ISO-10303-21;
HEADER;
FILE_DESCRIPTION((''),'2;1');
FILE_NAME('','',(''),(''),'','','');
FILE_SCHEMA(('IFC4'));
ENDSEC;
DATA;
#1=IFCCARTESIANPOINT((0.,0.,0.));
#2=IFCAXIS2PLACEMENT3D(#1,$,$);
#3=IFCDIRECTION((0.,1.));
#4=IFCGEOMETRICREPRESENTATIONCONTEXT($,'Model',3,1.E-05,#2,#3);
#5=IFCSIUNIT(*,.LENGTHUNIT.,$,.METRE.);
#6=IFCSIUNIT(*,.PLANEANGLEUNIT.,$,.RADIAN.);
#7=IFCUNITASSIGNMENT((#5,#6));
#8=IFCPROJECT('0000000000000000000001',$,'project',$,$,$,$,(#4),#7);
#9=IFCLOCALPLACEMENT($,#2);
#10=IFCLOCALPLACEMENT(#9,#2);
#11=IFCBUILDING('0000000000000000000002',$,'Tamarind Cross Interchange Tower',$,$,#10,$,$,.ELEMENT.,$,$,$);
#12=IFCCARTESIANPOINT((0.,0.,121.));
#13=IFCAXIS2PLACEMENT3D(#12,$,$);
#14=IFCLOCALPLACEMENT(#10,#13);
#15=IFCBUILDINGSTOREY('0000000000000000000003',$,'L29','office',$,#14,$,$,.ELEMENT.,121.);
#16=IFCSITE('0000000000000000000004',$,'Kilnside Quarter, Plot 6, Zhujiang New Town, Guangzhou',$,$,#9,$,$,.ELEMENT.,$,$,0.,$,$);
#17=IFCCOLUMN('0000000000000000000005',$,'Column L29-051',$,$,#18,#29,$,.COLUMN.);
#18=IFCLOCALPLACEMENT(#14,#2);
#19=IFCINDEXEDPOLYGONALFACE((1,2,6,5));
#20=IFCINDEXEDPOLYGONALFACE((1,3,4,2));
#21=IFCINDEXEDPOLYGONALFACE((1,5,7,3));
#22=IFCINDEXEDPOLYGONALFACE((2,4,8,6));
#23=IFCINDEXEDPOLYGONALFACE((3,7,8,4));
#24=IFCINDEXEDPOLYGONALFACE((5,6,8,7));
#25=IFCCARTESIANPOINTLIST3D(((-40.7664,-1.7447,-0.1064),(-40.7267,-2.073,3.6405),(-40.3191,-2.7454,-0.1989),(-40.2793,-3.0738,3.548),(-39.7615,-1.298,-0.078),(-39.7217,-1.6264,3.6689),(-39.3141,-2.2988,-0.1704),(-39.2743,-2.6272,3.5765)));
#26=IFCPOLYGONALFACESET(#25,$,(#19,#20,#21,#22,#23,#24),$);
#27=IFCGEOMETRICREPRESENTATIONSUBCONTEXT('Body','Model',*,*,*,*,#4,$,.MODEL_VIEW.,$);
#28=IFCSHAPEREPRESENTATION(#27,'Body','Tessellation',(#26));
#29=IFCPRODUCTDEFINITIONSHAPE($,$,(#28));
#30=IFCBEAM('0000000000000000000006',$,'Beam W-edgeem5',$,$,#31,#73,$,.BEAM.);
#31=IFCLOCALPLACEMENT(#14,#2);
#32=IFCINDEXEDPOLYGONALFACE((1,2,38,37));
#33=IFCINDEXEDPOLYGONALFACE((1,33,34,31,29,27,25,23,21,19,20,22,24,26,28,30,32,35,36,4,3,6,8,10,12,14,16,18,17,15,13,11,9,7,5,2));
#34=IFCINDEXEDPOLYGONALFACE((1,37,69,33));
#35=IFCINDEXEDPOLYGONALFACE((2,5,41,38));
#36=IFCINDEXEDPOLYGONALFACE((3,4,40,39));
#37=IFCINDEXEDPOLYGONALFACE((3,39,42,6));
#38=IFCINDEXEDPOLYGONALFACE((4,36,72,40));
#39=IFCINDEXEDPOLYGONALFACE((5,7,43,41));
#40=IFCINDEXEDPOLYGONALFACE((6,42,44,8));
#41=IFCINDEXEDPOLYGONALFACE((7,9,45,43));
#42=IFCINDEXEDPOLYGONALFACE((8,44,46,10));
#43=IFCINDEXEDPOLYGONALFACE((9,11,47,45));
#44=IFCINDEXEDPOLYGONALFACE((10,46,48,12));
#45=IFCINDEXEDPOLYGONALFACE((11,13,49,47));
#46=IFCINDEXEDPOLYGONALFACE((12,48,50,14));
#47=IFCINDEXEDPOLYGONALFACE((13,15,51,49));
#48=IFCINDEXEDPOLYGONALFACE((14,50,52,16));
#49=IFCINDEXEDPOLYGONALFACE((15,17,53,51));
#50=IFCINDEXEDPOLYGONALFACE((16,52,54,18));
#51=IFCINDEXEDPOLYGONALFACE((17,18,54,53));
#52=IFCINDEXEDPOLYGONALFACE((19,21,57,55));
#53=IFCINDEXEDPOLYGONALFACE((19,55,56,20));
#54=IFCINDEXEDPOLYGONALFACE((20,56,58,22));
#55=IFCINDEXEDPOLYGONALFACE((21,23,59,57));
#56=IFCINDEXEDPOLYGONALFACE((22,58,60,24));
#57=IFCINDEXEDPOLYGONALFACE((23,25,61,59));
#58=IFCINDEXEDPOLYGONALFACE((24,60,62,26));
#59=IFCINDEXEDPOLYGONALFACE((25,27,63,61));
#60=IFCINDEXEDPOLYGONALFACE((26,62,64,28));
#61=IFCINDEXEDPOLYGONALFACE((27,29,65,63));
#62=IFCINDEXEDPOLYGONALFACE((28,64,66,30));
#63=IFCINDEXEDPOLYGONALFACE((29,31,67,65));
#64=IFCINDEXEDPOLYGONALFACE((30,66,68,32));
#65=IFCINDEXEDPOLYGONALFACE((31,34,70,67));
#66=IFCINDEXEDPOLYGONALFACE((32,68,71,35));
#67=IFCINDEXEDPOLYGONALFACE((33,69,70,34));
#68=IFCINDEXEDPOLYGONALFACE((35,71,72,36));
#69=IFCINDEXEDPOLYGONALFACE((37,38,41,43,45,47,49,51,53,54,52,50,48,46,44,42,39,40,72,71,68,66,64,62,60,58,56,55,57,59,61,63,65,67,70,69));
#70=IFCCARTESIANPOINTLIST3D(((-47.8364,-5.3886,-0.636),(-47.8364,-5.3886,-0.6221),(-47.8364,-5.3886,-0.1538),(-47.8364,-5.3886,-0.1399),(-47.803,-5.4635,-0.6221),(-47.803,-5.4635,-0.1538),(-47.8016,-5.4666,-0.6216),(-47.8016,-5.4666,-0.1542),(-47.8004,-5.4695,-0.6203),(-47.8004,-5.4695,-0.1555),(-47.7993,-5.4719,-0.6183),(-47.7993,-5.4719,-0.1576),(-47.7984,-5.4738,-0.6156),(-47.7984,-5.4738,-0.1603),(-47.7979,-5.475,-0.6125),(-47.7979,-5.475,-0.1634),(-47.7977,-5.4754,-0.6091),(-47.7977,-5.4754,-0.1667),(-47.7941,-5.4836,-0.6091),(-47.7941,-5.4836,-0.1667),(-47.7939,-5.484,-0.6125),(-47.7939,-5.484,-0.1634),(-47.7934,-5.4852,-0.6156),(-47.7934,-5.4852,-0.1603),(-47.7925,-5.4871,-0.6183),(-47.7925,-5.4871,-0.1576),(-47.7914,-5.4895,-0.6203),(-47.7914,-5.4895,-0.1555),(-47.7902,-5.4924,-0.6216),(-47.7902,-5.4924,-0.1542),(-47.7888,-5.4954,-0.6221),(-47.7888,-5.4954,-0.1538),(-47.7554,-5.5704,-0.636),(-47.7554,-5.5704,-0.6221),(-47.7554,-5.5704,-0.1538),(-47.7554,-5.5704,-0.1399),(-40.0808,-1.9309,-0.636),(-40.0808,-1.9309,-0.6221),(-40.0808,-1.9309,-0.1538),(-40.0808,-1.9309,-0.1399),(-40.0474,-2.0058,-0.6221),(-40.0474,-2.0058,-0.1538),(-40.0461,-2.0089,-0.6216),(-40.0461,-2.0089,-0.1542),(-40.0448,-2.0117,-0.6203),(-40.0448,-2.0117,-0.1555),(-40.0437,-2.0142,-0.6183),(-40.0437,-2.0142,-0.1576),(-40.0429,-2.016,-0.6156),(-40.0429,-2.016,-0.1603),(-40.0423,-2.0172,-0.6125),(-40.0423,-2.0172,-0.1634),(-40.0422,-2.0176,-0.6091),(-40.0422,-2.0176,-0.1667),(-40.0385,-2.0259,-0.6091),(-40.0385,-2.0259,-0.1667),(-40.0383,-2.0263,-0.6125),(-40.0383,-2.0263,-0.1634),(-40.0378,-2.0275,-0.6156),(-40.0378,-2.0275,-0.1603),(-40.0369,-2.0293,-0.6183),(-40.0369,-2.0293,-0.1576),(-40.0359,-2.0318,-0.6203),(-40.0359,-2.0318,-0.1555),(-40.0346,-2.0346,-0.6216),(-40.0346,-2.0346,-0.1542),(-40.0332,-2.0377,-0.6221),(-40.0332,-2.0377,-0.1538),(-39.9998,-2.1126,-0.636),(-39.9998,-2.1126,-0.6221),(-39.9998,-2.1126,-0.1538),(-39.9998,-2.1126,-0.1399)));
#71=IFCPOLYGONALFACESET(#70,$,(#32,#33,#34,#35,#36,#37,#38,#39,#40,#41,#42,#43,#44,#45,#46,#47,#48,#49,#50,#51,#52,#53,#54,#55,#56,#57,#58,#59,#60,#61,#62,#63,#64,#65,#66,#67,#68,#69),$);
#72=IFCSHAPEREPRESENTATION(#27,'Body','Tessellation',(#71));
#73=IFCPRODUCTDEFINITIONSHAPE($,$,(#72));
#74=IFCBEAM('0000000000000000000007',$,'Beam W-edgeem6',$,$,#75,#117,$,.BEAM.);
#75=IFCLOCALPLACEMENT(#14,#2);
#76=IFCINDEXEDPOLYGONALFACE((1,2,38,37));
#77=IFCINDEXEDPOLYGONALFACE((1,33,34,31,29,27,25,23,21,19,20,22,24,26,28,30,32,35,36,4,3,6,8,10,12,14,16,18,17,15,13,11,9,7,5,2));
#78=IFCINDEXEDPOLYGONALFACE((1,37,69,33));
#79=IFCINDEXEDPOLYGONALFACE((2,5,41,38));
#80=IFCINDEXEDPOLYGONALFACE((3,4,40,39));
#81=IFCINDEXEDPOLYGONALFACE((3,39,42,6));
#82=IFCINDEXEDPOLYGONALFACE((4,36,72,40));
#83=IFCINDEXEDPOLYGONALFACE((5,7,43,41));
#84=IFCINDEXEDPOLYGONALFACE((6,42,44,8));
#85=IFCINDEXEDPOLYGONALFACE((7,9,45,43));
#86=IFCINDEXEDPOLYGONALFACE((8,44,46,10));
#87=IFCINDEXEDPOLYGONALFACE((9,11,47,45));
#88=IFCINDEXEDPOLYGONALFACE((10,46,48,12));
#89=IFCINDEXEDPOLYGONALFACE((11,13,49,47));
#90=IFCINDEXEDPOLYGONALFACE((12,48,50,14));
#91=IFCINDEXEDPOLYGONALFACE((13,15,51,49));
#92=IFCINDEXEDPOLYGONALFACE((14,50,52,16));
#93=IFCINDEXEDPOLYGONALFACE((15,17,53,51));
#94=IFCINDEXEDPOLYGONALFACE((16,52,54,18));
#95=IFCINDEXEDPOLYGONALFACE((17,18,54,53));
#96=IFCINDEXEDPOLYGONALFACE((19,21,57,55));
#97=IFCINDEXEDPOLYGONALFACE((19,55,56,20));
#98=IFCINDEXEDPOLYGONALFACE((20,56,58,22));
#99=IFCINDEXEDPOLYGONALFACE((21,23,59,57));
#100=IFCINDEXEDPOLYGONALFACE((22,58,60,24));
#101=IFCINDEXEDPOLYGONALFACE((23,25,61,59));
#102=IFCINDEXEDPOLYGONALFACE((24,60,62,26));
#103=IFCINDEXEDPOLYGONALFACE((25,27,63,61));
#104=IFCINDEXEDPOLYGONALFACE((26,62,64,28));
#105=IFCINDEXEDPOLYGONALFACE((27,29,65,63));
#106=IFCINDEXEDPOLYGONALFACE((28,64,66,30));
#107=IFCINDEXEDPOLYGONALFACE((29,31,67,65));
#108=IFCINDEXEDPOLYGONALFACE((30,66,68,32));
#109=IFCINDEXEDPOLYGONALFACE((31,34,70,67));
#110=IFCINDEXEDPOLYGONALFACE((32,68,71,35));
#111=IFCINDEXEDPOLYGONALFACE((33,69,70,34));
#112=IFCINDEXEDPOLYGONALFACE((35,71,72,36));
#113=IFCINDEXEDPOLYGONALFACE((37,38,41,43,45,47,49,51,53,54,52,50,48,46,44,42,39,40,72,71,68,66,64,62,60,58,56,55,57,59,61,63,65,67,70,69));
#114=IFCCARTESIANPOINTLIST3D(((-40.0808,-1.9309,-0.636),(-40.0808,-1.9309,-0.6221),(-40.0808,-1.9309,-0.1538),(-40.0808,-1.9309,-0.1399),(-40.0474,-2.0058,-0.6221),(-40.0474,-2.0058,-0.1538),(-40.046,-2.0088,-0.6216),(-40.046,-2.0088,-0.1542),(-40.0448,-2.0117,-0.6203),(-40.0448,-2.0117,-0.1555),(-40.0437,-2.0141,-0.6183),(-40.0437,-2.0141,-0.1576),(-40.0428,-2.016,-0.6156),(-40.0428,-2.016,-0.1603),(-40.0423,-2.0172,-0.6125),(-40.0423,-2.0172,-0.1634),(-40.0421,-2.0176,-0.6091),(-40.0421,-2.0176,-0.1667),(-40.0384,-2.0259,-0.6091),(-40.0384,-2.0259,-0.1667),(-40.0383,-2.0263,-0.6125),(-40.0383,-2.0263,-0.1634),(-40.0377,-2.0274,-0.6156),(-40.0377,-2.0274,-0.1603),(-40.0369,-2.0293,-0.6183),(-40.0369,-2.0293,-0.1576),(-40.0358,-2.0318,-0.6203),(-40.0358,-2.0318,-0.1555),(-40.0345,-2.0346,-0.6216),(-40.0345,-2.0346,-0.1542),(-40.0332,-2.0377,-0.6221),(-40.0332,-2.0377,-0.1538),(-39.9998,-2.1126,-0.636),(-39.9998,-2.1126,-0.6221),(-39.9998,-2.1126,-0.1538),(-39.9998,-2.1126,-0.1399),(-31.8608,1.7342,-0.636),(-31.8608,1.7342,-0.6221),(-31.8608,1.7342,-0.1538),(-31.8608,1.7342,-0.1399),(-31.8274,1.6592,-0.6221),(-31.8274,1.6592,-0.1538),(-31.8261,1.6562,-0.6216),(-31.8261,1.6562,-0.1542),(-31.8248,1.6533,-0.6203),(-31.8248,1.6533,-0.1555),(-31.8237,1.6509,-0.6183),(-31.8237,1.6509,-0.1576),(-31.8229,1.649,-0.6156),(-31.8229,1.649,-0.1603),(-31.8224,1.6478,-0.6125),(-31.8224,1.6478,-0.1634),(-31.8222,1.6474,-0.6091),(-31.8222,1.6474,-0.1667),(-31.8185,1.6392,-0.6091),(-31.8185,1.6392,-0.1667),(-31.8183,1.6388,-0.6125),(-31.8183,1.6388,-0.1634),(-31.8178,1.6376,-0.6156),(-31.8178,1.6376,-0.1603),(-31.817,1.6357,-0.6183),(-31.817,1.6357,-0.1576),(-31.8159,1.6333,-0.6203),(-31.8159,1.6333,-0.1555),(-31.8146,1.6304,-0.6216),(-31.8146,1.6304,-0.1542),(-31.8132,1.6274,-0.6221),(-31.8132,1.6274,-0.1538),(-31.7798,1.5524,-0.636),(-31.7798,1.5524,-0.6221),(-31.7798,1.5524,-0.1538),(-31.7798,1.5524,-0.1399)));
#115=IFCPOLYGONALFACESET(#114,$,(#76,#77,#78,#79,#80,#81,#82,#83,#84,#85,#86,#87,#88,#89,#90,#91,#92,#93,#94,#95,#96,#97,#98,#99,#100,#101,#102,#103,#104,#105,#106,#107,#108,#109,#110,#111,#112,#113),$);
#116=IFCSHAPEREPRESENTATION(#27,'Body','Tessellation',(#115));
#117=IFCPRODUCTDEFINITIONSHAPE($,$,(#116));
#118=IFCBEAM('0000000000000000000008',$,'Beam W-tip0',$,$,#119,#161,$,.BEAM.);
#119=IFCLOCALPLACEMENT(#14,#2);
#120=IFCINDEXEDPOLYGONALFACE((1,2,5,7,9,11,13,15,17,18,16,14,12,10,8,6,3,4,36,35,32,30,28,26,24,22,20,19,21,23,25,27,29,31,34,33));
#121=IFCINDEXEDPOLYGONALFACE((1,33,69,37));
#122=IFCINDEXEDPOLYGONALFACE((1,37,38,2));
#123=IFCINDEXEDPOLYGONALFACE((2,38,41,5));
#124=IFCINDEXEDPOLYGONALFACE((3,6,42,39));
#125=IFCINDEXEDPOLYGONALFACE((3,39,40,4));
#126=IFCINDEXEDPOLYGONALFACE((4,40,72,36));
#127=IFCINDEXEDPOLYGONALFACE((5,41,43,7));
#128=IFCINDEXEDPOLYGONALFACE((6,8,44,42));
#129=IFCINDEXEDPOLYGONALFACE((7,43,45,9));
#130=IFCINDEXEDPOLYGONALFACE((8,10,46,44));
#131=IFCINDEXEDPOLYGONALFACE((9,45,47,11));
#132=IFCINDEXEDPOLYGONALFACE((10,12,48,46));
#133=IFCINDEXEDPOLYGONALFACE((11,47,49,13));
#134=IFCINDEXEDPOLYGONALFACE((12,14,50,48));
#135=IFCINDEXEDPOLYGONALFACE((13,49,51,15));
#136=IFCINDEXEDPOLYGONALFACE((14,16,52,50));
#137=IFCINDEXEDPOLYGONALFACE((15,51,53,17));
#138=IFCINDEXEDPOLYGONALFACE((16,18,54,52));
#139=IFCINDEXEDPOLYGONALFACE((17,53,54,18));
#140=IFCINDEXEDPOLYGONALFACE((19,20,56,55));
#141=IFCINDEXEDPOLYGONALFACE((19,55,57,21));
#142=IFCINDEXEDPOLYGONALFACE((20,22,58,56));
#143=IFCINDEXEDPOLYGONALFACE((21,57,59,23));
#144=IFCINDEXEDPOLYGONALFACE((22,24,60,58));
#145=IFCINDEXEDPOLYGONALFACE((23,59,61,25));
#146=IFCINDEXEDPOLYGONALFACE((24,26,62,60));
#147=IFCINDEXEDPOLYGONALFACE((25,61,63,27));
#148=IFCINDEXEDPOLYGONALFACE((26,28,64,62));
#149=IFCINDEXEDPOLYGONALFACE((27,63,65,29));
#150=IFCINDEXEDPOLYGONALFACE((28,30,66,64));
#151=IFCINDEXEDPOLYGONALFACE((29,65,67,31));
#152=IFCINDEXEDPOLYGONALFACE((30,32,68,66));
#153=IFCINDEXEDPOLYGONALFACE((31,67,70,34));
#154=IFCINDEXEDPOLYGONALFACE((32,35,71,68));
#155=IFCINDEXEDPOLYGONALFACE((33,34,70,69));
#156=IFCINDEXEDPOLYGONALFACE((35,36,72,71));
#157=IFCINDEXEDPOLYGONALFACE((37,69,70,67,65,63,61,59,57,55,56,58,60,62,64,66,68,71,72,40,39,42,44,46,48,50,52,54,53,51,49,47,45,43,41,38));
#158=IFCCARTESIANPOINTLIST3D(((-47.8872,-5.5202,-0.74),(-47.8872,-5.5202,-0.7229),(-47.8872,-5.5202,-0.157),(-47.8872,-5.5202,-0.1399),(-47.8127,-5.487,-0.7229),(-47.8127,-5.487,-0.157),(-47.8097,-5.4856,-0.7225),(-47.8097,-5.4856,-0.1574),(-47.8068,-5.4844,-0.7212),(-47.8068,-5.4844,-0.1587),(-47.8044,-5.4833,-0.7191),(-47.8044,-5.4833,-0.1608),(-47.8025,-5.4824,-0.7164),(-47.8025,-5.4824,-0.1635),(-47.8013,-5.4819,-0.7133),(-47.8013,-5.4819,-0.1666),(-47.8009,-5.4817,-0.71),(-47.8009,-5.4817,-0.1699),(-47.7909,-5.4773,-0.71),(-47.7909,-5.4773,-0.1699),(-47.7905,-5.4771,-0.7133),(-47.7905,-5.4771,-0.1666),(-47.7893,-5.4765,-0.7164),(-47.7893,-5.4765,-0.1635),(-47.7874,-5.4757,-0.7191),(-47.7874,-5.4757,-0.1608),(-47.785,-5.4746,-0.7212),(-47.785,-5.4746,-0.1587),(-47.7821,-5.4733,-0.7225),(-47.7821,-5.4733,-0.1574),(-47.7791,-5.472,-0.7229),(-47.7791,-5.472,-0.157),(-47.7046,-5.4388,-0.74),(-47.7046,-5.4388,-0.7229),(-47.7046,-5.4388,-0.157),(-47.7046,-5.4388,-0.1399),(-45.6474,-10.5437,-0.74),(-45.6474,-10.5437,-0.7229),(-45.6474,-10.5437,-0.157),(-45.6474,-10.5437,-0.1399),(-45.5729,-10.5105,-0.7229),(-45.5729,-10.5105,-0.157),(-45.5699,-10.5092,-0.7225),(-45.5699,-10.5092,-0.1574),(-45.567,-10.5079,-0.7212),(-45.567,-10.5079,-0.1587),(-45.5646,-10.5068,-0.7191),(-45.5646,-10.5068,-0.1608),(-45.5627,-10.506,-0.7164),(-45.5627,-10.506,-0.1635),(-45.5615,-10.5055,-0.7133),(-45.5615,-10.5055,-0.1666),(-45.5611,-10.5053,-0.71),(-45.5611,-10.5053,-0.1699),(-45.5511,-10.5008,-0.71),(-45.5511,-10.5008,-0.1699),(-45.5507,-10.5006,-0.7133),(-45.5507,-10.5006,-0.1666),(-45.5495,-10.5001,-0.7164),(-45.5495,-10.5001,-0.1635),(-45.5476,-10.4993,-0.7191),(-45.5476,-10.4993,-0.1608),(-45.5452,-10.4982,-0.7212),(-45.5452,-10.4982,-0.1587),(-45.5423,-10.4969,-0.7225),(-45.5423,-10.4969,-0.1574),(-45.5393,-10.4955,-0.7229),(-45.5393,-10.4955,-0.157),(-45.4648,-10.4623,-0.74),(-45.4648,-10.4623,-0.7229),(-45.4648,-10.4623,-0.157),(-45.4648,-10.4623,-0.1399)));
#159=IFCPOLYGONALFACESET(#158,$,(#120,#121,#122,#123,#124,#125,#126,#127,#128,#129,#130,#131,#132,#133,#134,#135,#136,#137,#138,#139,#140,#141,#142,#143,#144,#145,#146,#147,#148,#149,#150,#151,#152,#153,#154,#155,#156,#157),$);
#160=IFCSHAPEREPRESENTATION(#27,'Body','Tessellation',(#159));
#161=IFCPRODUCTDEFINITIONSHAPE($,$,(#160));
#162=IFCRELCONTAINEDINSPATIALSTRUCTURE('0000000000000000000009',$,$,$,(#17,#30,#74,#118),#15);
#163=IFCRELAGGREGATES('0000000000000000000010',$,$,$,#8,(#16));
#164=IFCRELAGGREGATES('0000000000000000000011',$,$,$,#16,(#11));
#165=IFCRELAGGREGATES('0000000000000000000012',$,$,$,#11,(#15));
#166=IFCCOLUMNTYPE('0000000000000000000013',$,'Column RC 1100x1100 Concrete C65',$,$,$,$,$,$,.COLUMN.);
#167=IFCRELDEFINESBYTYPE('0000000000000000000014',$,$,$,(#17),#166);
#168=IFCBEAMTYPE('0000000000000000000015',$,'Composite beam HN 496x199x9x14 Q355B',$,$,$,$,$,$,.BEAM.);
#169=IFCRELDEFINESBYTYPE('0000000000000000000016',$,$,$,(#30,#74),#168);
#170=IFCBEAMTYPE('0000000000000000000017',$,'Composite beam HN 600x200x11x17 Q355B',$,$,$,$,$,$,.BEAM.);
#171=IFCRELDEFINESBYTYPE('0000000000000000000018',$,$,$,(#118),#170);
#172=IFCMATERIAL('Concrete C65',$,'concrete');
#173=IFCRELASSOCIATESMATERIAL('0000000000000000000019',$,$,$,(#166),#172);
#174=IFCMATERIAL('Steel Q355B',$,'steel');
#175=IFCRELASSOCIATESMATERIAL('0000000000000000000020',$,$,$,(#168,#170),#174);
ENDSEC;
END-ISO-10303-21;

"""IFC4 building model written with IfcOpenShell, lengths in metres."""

from ifc_helpers import new_model, si_unit, direction, frame, origin, origin_2d, place, context, subcontext, project, spatial, rectangle, i_section, extrude, material, material_profile, profile_set, type_object, element, save


model = new_model("IFC4")

# Units and contexts
model_context = context("Model", 3, precision=1e-05, world=origin(), true_north=direction((0.0, 1.0)))
body_context = subcontext(model_context, "Body", "Model", "MODEL_VIEW")
ifc_project = project(units=[si_unit("LENGTHUNIT", "METRE"), si_unit("PLANEANGLEUNIT", "RADIAN")], contexts=[model_context])

# Site, building, storey
site_placement = place(None, origin())
site = spatial("IfcSite", under=ifc_project, at=site_placement, Name="Kilnside Quarter, Plot 6, Zhujiang New Town, Guangzhou", CompositionType="ELEMENT", RefElevation=0.0)
building_placement = place(site_placement, origin())
building = spatial("IfcBuilding", under=site, at=building_placement, Name="Tamarind Cross Interchange Tower", CompositionType="ELEMENT")
storey_placement = place(building_placement, frame((0.0, 0.0, 121.0)))
storey = spatial("IfcBuildingStorey", under=building, at=storey_placement, Name="L29", Description="office", CompositionType="ELEMENT", Elevation=121.0)

# Column
ifc_material_1 = material(Name="Concrete C65", Category="concrete")
ifc_material_profile_1 = material_profile(ifc_material_1, rectangle(XDim=1.1001, YDim=1.1001, at=origin_2d()), Name="RC 1100x1100")
ifc_profile_set_1 = profile_set([ifc_material_profile_1], Name="Concrete C65")
column_type = type_object("IfcColumnType", Name="Column RC 1100x1100 Concrete C65", PredefinedType="COLUMN", material=ifc_profile_set_1)
column_placement = place(storey_placement, frame((-40.0403, -2.0217, -0.1384), z_axis=(0.01058, -0.0873, 0.996126), x_axis=(0.913512, 0.405988, 0.025878)))
element("IfcColumn", 1, at=column_placement, inside=storey, type_object=column_type, Name="Column L29-051", PredefinedType="COLUMN", context=body_context, shape_type="SweptSolid", body=[
    extrude(rectangle(XDim=1.1001, YDim=1.1001, at=origin_2d()), origin(), (0.0, 0.0, 1.0), 3.7615),
])

# Beams
ifc_material_2 = material(Name="Steel Q355B", Category="steel")
ifc_material_profile_2 = material_profile(ifc_material_2, i_section(OverallWidth=0.199, OverallDepth=0.4961, WebThickness=0.009, FlangeThickness=0.0139, FilletRadius=0.0129, at=origin_2d()), Name="HN 496x199x9x14")
ifc_profile_set_2 = profile_set([ifc_material_profile_2], Name="Steel Q355B")
beam_type_1 = type_object("IfcBeamType", Name="Composite beam HN 496x199x9x14 Q355B", PredefinedType="BEAM", material=ifc_profile_set_2)
beam_1_placement = place(storey_placement, frame((-47.7959, -5.4795, -0.3879), z_axis=(0.913338, 0.407203, 0.0), x_axis=(-0.407203, 0.913338, 0.0)))
element("IfcBeam", 2, at=beam_1_placement, inside=storey, type_object=beam_type_1, Name="Beam W-edgeem5", PredefinedType="BEAM", context=body_context, shape_type="SweptSolid", body=[
    extrude(i_section(OverallWidth=0.199, OverallDepth=0.4961, WebThickness=0.009, FlangeThickness=0.0139, FilletRadius=0.0129, at=origin_2d()), origin(), (0.0, 0.0, 1.0), 8.4915),
])
beam_2_placement = place(storey_placement, frame((-40.0403, -2.0217, -0.3879), z_axis=(0.913328, 0.407225, 0.0), x_axis=(-0.407225, 0.913328, 0.0)))
element("IfcBeam", 3, at=beam_2_placement, inside=storey, type_object=beam_type_1, Name="Beam W-edgeem6", PredefinedType="BEAM", context=body_context, shape_type="SweptSolid", body=[
    extrude(i_section(OverallWidth=0.199, OverallDepth=0.4961, WebThickness=0.009, FlangeThickness=0.0139, FilletRadius=0.0129, at=origin_2d()), origin(), (0.0, 0.0, 1.0), 9.0),
])
ifc_material_profile_3 = material_profile(ifc_material_2, i_section(OverallWidth=0.2, OverallDepth=0.6001, WebThickness=0.011, FlangeThickness=0.0171, FilletRadius=0.0129, at=origin_2d()), Name="HN 600x200x11x17")
ifc_profile_set_3 = profile_set([ifc_material_profile_3], Name="Steel Q355B")
beam_type_2 = type_object("IfcBeamType", Name="Composite beam HN 600x200x11x17 Q355B", PredefinedType="BEAM", material=ifc_profile_set_3)
beam_3_placement = place(storey_placement, frame((-47.7959, -5.4795, -0.4399), z_axis=(0.407217, -0.913331, 0.0), x_axis=(0.913331, 0.407217, 0.0)))
element("IfcBeam", 4, at=beam_3_placement, inside=storey, type_object=beam_type_2, Name="Beam W-tip0", PredefinedType="BEAM", context=body_context, shape_type="SweptSolid", body=[
    extrude(i_section(OverallWidth=0.2, OverallDepth=0.6001, WebThickness=0.011, FlangeThickness=0.0171, FilletRadius=0.0129, at=origin_2d()), origin(), (0.0, 0.0, 1.0), 5.5002),
])

save(model, "model.ifc")
